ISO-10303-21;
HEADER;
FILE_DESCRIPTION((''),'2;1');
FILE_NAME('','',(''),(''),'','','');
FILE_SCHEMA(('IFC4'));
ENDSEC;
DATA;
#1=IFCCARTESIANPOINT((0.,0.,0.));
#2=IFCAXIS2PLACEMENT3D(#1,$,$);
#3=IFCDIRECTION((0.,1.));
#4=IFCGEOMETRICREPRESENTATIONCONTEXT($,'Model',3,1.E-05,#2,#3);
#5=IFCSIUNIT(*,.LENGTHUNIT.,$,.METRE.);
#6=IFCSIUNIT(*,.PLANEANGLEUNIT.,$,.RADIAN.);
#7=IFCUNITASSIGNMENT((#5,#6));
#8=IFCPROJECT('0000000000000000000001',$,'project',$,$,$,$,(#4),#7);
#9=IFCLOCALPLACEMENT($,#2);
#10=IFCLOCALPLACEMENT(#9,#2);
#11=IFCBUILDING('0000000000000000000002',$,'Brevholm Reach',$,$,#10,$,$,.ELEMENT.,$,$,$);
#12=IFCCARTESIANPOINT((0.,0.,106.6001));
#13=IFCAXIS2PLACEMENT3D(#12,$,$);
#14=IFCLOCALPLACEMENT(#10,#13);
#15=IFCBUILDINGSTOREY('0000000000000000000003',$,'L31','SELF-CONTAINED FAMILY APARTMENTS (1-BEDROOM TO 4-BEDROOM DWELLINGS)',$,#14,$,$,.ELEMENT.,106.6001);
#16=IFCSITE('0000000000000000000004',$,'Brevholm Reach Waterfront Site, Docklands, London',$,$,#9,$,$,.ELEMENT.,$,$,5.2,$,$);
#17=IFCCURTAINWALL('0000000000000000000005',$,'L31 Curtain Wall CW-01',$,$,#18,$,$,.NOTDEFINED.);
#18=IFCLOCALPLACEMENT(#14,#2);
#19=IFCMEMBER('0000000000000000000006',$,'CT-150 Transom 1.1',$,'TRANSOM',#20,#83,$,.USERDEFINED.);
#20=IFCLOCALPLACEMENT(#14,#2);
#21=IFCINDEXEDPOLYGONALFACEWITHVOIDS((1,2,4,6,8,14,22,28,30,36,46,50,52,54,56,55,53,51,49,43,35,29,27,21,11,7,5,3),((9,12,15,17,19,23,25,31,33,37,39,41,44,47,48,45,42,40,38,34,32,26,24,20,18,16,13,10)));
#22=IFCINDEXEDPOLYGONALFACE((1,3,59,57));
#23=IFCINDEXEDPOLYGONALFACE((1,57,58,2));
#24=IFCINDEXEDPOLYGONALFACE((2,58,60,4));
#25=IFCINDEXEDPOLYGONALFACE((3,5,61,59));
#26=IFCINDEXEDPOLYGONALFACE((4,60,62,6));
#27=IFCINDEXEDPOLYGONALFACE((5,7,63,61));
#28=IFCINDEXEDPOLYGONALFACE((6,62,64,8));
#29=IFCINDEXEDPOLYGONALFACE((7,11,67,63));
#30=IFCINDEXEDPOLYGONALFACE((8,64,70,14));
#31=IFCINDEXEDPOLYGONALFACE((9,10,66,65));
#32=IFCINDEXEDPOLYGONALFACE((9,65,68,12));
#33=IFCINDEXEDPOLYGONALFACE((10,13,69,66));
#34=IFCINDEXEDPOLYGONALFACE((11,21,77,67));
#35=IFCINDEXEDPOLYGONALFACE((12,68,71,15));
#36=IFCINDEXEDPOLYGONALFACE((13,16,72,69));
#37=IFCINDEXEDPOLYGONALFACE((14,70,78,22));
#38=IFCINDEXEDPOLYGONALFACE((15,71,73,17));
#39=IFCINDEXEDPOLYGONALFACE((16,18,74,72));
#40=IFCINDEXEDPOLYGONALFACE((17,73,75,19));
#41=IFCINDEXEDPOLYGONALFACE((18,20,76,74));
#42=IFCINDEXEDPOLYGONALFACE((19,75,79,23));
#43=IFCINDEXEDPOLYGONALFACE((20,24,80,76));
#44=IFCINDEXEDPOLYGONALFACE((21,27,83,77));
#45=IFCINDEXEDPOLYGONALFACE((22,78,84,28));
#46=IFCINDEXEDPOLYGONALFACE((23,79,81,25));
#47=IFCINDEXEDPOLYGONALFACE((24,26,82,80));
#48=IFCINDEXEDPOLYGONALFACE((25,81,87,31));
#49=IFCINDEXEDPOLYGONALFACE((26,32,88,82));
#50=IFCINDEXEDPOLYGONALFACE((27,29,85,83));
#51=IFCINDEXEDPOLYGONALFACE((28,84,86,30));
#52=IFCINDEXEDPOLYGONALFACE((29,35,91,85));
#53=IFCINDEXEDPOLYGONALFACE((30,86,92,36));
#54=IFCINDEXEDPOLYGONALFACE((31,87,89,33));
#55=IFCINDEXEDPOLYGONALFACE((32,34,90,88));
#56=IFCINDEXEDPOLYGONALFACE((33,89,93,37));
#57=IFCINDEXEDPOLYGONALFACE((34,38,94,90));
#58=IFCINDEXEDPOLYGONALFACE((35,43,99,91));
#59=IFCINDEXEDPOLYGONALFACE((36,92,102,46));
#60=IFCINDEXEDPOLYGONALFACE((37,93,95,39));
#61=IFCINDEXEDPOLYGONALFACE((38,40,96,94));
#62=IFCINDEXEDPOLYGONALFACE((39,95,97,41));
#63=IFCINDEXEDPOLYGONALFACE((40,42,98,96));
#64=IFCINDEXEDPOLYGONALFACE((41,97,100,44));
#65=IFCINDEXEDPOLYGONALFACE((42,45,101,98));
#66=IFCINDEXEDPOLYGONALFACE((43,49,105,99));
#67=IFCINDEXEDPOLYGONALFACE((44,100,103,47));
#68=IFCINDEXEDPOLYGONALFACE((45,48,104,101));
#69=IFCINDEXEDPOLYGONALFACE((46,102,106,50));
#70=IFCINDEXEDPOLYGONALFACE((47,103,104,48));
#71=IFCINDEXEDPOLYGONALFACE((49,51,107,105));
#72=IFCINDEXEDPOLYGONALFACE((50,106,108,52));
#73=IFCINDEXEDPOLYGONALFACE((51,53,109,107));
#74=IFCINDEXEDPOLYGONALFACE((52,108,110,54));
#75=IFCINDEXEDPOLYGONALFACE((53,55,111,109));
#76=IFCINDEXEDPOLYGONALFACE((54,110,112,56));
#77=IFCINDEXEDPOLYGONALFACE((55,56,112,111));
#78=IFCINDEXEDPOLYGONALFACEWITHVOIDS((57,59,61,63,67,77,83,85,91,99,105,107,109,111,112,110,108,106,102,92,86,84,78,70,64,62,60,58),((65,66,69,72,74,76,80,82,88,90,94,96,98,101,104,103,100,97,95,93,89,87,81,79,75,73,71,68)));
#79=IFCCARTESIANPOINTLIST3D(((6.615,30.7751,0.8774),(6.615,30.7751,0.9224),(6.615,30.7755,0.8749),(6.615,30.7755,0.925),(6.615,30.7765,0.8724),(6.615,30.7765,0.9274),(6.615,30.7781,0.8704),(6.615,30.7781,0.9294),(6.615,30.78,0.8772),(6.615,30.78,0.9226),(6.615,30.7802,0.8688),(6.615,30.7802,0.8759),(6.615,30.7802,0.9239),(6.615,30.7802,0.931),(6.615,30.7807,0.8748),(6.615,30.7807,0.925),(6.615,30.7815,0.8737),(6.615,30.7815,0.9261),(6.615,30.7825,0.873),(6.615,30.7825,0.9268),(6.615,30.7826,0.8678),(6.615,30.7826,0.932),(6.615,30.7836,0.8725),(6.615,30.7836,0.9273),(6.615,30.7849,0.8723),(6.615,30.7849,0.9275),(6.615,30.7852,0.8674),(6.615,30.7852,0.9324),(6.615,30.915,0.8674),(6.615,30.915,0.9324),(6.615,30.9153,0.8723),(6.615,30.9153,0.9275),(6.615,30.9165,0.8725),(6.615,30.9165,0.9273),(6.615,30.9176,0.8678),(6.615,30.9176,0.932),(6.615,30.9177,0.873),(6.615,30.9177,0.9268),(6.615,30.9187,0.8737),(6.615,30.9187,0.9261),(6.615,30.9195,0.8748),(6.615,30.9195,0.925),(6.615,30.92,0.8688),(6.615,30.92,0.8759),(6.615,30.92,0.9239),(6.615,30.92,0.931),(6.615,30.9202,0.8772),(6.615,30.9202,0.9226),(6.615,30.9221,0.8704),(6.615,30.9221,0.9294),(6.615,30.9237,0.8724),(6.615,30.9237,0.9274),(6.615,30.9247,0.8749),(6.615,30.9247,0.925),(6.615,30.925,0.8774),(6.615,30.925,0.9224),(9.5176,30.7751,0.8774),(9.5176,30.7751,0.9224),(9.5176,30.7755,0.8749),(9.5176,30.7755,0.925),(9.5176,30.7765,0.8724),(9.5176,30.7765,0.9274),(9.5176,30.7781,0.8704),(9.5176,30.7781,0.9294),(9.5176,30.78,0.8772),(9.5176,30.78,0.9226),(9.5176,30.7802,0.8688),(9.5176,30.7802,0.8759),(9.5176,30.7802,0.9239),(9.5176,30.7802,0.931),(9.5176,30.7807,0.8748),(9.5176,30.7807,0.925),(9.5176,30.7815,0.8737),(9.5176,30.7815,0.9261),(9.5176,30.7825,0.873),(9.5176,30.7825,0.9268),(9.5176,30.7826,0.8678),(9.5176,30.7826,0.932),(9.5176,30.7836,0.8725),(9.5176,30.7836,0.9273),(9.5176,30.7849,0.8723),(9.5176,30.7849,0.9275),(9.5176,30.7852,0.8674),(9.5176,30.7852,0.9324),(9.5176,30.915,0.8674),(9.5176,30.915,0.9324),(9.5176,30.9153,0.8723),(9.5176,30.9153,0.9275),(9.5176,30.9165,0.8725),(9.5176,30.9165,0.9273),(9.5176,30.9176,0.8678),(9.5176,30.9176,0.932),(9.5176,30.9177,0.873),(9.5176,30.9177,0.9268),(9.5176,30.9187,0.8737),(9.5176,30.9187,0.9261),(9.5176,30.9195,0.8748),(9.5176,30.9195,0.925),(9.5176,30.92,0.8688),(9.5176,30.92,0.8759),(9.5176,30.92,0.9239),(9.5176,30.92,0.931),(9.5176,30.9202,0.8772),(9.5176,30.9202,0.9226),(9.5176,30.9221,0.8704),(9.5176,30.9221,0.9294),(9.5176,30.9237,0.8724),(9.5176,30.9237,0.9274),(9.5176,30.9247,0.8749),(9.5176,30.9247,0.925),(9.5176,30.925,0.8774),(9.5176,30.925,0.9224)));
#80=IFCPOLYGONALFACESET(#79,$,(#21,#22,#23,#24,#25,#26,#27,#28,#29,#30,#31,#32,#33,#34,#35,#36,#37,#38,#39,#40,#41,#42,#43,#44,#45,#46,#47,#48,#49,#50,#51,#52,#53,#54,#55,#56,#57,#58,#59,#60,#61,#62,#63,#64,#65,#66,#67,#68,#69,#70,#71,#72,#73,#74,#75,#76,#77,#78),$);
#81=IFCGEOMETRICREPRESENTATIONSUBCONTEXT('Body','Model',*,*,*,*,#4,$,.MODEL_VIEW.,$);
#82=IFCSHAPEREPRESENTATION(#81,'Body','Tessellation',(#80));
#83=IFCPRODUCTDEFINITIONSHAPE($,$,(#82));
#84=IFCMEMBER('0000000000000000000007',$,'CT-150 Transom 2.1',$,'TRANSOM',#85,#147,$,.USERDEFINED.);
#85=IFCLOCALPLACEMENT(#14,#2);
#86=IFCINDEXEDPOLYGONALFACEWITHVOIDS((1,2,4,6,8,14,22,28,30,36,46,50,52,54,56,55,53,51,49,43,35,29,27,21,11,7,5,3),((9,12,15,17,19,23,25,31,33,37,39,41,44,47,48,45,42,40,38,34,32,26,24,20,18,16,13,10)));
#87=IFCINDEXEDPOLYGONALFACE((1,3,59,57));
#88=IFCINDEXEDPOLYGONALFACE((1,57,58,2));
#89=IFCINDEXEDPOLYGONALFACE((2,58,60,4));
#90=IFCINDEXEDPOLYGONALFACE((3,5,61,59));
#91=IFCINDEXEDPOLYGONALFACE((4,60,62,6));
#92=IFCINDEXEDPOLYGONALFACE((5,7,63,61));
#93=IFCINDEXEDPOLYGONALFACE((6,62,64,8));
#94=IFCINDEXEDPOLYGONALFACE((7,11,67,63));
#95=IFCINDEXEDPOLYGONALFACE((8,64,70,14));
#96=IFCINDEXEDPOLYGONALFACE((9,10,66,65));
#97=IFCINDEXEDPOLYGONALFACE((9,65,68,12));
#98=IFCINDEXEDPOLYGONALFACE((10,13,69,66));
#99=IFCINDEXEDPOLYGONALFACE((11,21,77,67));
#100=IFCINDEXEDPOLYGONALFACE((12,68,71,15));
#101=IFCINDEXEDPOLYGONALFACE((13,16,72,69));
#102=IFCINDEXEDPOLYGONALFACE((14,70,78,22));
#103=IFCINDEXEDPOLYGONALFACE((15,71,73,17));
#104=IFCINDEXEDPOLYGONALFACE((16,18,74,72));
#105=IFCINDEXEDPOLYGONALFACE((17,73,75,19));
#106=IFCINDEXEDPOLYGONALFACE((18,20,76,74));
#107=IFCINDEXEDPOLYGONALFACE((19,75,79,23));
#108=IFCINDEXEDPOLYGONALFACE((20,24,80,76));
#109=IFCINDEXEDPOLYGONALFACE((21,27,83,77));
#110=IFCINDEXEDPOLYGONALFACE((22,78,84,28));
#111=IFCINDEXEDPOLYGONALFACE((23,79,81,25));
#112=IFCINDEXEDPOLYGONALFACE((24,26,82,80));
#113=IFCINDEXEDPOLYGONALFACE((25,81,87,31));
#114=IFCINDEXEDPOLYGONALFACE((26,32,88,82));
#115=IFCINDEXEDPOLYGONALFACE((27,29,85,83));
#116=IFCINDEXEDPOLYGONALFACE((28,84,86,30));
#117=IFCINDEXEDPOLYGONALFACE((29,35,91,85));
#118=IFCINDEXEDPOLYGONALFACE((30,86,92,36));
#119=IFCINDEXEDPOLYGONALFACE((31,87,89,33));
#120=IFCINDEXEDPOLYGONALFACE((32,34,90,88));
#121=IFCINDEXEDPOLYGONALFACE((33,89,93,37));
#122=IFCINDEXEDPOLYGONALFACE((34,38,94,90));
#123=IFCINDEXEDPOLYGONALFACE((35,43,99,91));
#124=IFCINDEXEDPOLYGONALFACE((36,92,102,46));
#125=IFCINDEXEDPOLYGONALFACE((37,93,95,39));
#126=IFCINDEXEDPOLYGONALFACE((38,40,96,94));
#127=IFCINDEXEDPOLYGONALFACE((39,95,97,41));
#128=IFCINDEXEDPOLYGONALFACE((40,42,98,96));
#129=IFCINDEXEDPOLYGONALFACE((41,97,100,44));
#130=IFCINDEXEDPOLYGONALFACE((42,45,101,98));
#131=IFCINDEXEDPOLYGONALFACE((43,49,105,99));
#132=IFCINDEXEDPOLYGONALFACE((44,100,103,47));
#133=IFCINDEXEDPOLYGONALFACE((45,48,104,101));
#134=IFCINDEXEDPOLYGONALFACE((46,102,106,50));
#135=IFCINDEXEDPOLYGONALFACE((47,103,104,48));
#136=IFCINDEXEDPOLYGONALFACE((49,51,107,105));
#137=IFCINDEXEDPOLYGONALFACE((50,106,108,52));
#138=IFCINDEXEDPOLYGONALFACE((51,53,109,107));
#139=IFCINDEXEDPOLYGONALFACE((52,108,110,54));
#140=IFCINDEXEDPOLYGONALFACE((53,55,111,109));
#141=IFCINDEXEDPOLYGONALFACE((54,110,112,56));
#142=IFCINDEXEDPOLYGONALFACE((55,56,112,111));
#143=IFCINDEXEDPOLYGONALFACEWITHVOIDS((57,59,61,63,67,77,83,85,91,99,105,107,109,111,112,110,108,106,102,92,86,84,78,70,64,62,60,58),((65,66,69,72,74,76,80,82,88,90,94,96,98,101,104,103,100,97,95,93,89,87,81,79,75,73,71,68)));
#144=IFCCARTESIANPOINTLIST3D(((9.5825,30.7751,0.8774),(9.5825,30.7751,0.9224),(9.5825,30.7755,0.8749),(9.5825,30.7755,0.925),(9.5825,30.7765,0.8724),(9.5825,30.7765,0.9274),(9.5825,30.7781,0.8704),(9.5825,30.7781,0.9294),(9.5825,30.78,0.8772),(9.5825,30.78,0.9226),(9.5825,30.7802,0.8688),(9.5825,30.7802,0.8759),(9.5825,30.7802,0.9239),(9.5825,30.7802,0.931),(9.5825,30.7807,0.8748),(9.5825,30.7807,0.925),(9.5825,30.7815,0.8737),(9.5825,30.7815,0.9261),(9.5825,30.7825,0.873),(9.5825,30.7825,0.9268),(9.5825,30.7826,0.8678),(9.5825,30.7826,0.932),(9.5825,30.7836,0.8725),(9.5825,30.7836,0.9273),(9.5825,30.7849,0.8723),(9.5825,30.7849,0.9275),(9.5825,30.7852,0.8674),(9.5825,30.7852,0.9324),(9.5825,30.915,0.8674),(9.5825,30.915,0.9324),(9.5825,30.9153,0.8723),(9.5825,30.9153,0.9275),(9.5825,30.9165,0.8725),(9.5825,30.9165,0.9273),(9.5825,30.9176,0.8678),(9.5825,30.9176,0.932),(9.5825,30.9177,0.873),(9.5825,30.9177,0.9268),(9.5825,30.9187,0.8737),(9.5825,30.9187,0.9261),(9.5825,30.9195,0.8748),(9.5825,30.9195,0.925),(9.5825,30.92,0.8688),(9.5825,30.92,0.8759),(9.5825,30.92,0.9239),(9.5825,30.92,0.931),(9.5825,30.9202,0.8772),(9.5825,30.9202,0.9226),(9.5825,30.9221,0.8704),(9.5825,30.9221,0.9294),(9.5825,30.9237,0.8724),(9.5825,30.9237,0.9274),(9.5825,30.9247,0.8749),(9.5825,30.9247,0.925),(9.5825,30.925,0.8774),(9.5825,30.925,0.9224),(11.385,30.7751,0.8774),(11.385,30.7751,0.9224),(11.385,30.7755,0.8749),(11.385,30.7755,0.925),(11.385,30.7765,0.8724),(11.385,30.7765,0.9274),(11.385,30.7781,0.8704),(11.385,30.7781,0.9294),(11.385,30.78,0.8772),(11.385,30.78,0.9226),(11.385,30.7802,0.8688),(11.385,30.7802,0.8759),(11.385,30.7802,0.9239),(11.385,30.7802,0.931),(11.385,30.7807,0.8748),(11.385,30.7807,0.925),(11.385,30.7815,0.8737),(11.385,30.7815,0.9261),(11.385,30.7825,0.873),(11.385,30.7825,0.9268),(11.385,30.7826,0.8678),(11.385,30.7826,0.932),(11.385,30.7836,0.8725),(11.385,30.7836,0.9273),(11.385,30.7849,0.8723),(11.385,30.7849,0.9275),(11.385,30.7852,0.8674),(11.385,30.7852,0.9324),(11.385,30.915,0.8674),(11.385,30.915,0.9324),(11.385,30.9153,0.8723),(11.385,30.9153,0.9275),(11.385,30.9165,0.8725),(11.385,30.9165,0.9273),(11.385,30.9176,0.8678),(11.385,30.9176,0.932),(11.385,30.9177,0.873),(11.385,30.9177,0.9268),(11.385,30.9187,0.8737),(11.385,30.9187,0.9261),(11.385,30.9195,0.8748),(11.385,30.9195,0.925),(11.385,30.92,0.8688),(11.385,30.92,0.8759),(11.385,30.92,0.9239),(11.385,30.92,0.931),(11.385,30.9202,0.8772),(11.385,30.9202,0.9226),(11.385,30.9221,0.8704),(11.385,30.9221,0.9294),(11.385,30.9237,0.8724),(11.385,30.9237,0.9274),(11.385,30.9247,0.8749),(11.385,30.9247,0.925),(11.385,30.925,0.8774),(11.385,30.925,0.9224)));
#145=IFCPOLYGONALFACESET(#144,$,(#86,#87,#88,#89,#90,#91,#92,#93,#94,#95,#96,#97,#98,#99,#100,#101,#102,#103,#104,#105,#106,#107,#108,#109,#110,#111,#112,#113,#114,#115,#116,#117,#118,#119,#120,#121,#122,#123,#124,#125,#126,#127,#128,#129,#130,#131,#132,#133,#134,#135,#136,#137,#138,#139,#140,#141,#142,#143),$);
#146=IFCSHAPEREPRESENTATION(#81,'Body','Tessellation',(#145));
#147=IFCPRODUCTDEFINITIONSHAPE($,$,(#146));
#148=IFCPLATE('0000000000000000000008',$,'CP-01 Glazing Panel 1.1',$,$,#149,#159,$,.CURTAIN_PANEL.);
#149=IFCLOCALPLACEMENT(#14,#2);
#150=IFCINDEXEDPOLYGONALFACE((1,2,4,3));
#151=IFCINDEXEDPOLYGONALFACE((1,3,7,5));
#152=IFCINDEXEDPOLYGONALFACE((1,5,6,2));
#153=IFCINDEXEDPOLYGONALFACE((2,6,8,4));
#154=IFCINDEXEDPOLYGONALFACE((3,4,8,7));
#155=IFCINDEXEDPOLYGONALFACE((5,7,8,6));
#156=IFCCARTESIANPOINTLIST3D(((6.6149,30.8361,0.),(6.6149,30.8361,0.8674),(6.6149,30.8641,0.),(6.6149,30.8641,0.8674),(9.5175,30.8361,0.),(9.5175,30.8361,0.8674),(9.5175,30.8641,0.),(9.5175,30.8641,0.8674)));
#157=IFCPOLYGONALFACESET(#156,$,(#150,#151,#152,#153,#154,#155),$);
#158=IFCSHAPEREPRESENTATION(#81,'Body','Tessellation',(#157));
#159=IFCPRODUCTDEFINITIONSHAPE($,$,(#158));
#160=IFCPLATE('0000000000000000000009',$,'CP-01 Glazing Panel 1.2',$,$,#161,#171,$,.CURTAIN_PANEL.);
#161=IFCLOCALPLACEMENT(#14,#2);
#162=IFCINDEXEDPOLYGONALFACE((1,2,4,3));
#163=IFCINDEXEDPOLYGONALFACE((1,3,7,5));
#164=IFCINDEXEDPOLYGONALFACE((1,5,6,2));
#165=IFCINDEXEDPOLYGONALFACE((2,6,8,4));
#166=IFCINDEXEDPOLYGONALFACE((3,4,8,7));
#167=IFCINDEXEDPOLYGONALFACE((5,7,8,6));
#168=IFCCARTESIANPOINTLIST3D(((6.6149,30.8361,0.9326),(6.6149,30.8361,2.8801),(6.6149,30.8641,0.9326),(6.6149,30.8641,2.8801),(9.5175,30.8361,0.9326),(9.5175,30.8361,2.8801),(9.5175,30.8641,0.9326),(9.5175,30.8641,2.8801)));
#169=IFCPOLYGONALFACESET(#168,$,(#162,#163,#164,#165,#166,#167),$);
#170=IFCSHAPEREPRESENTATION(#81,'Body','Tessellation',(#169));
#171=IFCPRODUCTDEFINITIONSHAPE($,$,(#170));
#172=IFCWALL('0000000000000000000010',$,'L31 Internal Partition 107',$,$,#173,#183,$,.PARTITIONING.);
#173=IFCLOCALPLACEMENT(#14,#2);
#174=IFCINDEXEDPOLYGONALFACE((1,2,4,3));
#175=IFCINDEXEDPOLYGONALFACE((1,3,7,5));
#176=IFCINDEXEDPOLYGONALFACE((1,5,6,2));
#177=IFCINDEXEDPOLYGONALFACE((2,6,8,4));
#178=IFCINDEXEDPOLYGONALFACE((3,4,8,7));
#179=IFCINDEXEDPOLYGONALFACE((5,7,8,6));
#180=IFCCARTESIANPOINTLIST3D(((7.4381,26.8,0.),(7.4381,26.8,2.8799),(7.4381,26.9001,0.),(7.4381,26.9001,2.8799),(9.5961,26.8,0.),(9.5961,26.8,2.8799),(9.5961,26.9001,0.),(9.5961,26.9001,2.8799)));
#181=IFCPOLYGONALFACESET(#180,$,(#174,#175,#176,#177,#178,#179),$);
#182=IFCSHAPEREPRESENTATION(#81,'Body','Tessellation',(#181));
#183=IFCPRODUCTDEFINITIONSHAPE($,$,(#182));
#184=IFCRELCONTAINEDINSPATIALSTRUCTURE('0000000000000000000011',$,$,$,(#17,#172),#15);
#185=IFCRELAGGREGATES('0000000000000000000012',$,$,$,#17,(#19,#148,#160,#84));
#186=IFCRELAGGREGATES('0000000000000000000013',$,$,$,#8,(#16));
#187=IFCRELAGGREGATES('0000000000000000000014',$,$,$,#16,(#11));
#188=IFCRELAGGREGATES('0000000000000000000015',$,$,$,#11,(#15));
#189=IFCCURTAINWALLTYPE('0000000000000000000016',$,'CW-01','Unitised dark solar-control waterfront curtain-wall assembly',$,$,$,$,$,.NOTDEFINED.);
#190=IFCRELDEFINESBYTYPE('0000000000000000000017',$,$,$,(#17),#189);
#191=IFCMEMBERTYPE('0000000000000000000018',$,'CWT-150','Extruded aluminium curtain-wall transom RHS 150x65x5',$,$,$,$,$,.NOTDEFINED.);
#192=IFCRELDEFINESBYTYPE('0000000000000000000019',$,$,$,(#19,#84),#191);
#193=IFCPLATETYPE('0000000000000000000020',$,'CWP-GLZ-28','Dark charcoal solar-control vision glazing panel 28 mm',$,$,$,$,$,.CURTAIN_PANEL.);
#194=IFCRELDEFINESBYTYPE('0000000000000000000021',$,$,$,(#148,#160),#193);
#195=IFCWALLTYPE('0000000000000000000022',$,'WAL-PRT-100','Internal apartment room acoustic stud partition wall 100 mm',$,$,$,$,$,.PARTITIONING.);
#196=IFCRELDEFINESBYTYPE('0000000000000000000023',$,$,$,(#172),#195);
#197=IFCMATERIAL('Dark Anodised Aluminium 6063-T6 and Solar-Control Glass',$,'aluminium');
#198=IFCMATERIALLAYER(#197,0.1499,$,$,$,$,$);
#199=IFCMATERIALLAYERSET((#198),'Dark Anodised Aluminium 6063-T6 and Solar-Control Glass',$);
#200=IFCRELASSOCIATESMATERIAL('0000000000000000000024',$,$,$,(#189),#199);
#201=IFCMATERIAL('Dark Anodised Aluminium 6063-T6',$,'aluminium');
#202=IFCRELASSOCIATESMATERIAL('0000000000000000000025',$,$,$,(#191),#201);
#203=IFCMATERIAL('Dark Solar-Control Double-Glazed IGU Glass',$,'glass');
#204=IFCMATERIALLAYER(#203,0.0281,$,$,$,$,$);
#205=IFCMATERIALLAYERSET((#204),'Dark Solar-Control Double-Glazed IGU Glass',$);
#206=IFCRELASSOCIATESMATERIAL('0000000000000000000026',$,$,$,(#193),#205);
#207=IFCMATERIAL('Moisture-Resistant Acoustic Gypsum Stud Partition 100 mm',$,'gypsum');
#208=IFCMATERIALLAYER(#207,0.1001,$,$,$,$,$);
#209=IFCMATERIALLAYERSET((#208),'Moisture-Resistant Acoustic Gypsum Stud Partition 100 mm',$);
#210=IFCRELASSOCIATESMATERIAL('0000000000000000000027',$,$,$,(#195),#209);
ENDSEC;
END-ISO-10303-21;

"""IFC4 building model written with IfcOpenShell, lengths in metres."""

from ifc_helpers import new_model, si_unit, direction, frame, frame_2d, origin, origin_2d, place, context, subcontext, project, spatial, rectangle, hollow_rectangle, extrude, material, layer, layer_set, material_profile, profile_set, type_object, element, aggregate, save


model = new_model("IFC4")

# Units and contexts
model_context = context("Model", 3, precision=1e-05, world=origin(), true_north=direction((0.0, 1.0)))
body_context = subcontext(model_context, "Body", "Model", "MODEL_VIEW")
ifc_project = project(units=[si_unit("LENGTHUNIT", "METRE"), si_unit("PLANEANGLEUNIT", "RADIAN")], contexts=[model_context])

# Site, building, storey
site_placement = place(None, origin())
site = spatial("IfcSite", under=ifc_project, at=site_placement, Name="Brevholm Reach Waterfront Site, Docklands, London", CompositionType="ELEMENT", RefElevation=5.2)
building_placement = place(site_placement, origin())
building = spatial("IfcBuilding", under=site, at=building_placement, Name="Brevholm Reach", CompositionType="ELEMENT")
storey_placement = place(building_placement, frame((0.0, 0.0, 106.6001)))
storey = spatial("IfcBuildingStorey", under=building, at=storey_placement, Name="L31", Description="SELF-CONTAINED FAMILY APARTMENTS (1-BEDROOM TO 4-BEDROOM DWELLINGS)", CompositionType="ELEMENT", Elevation=106.6001)

# Curtain wall, members, plates
ifc_material_1 = material(Name="Dark Anodised Aluminium 6063-T6 and Solar-Control Glass", Category="aluminium")
ifc_layer_1 = layer(ifc_material_1, 0.1499)
ifc_layer_set_1 = layer_set([ifc_layer_1], Name="Dark Anodised Aluminium 6063-T6 and Solar-Control Glass")
curtain_wall_type = type_object("IfcCurtainWallType", Name="CW-01", Description="Unitised dark solar-control waterfront curtain-wall assembly", PredefinedType="NOTDEFINED", material=ifc_layer_set_1)
curtain_wall_placement = place(storey_placement, origin())
curtain_wall = element("IfcCurtainWall", 1, at=curtain_wall_placement, inside=storey, type_object=curtain_wall_type, Name="L31 Curtain Wall CW-01", PredefinedType="NOTDEFINED")
ifc_material_2 = material(Name="Dark Anodised Aluminium 6063-T6", Category="aluminium")
ifc_material_profile_1 = material_profile(ifc_material_2, hollow_rectangle(XDim=0.0649, YDim=0.1499, WallThickness=0.0049, InnerFilletRadius=0.0049, OuterFilletRadius=0.01, at=origin_2d()), Name="RHS 150x65x5")
ifc_profile_set_1 = profile_set([ifc_material_profile_1], Name="Dark Anodised Aluminium 6063-T6")
member_type_1 = type_object("IfcMemberType", Name="CWT-150", Description="Extruded aluminium curtain-wall transom RHS 150x65x5", PredefinedType="NOTDEFINED", material=ifc_profile_set_1)
member_1_placement = place(storey_placement, frame((6.615, 30.8501, 0.8999), z_axis=(1.0, 0.0, 0.0), x_axis=(0.0, 0.0, 1.0)))
member_1 = element("IfcMember", 2, at=member_1_placement, type_object=member_type_1, Name="CT-150 Transom 1.1", ObjectType="TRANSOM", PredefinedType="USERDEFINED", context=body_context, shape_type="SweptSolid", body=[
    extrude(hollow_rectangle(XDim=0.0649, YDim=0.1499, WallThickness=0.0049, InnerFilletRadius=0.0049, OuterFilletRadius=0.01, at=origin_2d()), origin(), (0.0, 0.0, 1.0), 2.9026),
])
member_2_placement = place(storey_placement, frame((9.5825, 30.8501, 0.8999), z_axis=(1.0, 0.0, 0.0), x_axis=(0.0, 0.0, 1.0)))
member_2 = element("IfcMember", 3, at=member_2_placement, type_object=member_type_1, Name="CT-150 Transom 2.1", ObjectType="TRANSOM", PredefinedType="USERDEFINED", context=body_context, shape_type="SweptSolid", body=[
    extrude(hollow_rectangle(XDim=0.0649, YDim=0.1499, WallThickness=0.0049, InnerFilletRadius=0.0049, OuterFilletRadius=0.01, at=origin_2d()), origin(), (0.0, 0.0, 1.0), 1.8025),
])
ifc_material_3 = material(Name="Dark Solar-Control Double-Glazed IGU Glass", Category="glass")
ifc_layer_2 = layer(ifc_material_3, 0.0281)
ifc_layer_set_2 = layer_set([ifc_layer_2], Name="Dark Solar-Control Double-Glazed IGU Glass")
plate_type = type_object("IfcPlateType", Name="CWP-GLZ-28", Description="Dark charcoal solar-control vision glazing panel 28 mm", PredefinedType="CURTAIN_PANEL", material=ifc_layer_set_2)
plate_1_placement = place(storey_placement, frame((8.0662, 30.8501, 0.0), z_axis=(0.0, 0.0, 1.0), x_axis=(1.0, 0.0, 0.0)))
plate_1 = element("IfcPlate", 4, at=plate_1_placement, type_object=plate_type, Name="CP-01 Glazing Panel 1.1", PredefinedType="CURTAIN_PANEL", context=body_context, shape_type="SweptSolid", body=[
    extrude(rectangle(XDim=2.9026, YDim=0.0281, at=origin_2d()), origin(), (0.0, 0.0, 1.0), 0.8674),
])
plate_2_placement = place(storey_placement, frame((8.0662, 30.8501, 0.9326), z_axis=(0.0, 0.0, 1.0), x_axis=(1.0, 0.0, 0.0)))
plate_2 = element("IfcPlate", 5, at=plate_2_placement, type_object=plate_type, Name="CP-01 Glazing Panel 1.2", PredefinedType="CURTAIN_PANEL", context=body_context, shape_type="SweptSolid", body=[
    extrude(rectangle(XDim=2.9026, YDim=0.0281, at=origin_2d()), origin(), (0.0, 0.0, 1.0), 1.9475),
])
aggregate(curtain_wall, [member_1, plate_1, plate_2, member_2])

# Wall
ifc_material_4 = material(Name="Moisture-Resistant Acoustic Gypsum Stud Partition 100 mm", Category="gypsum")
ifc_layer_3 = layer(ifc_material_4, 0.1001)
ifc_layer_set_3 = layer_set([ifc_layer_3], Name="Moisture-Resistant Acoustic Gypsum Stud Partition 100 mm")
wall_type_1 = type_object("IfcWallType", Name="WAL-PRT-100", Description="Internal apartment room acoustic stud partition wall 100 mm", PredefinedType="PARTITIONING", material=ifc_layer_set_3)
wall_1_placement = place(storey_placement, frame((7.438, 26.8501, 0.0), z_axis=(0.0, 0.0, 1.0), x_axis=(1.0, 0.0, 0.0)))
element("IfcWall", 6, at=wall_1_placement, inside=storey, type_object=wall_type_1, Name="L31 Internal Partition 107", PredefinedType="PARTITIONING", context=body_context, shape_type="SweptSolid", body=[
    extrude(rectangle(XDim=2.158, YDim=0.1001, at=frame_2d((1.0791, 0.0))), origin(), (0.0, 0.0, 1.0), 2.8799),
])

save(model, "model.ifc")
